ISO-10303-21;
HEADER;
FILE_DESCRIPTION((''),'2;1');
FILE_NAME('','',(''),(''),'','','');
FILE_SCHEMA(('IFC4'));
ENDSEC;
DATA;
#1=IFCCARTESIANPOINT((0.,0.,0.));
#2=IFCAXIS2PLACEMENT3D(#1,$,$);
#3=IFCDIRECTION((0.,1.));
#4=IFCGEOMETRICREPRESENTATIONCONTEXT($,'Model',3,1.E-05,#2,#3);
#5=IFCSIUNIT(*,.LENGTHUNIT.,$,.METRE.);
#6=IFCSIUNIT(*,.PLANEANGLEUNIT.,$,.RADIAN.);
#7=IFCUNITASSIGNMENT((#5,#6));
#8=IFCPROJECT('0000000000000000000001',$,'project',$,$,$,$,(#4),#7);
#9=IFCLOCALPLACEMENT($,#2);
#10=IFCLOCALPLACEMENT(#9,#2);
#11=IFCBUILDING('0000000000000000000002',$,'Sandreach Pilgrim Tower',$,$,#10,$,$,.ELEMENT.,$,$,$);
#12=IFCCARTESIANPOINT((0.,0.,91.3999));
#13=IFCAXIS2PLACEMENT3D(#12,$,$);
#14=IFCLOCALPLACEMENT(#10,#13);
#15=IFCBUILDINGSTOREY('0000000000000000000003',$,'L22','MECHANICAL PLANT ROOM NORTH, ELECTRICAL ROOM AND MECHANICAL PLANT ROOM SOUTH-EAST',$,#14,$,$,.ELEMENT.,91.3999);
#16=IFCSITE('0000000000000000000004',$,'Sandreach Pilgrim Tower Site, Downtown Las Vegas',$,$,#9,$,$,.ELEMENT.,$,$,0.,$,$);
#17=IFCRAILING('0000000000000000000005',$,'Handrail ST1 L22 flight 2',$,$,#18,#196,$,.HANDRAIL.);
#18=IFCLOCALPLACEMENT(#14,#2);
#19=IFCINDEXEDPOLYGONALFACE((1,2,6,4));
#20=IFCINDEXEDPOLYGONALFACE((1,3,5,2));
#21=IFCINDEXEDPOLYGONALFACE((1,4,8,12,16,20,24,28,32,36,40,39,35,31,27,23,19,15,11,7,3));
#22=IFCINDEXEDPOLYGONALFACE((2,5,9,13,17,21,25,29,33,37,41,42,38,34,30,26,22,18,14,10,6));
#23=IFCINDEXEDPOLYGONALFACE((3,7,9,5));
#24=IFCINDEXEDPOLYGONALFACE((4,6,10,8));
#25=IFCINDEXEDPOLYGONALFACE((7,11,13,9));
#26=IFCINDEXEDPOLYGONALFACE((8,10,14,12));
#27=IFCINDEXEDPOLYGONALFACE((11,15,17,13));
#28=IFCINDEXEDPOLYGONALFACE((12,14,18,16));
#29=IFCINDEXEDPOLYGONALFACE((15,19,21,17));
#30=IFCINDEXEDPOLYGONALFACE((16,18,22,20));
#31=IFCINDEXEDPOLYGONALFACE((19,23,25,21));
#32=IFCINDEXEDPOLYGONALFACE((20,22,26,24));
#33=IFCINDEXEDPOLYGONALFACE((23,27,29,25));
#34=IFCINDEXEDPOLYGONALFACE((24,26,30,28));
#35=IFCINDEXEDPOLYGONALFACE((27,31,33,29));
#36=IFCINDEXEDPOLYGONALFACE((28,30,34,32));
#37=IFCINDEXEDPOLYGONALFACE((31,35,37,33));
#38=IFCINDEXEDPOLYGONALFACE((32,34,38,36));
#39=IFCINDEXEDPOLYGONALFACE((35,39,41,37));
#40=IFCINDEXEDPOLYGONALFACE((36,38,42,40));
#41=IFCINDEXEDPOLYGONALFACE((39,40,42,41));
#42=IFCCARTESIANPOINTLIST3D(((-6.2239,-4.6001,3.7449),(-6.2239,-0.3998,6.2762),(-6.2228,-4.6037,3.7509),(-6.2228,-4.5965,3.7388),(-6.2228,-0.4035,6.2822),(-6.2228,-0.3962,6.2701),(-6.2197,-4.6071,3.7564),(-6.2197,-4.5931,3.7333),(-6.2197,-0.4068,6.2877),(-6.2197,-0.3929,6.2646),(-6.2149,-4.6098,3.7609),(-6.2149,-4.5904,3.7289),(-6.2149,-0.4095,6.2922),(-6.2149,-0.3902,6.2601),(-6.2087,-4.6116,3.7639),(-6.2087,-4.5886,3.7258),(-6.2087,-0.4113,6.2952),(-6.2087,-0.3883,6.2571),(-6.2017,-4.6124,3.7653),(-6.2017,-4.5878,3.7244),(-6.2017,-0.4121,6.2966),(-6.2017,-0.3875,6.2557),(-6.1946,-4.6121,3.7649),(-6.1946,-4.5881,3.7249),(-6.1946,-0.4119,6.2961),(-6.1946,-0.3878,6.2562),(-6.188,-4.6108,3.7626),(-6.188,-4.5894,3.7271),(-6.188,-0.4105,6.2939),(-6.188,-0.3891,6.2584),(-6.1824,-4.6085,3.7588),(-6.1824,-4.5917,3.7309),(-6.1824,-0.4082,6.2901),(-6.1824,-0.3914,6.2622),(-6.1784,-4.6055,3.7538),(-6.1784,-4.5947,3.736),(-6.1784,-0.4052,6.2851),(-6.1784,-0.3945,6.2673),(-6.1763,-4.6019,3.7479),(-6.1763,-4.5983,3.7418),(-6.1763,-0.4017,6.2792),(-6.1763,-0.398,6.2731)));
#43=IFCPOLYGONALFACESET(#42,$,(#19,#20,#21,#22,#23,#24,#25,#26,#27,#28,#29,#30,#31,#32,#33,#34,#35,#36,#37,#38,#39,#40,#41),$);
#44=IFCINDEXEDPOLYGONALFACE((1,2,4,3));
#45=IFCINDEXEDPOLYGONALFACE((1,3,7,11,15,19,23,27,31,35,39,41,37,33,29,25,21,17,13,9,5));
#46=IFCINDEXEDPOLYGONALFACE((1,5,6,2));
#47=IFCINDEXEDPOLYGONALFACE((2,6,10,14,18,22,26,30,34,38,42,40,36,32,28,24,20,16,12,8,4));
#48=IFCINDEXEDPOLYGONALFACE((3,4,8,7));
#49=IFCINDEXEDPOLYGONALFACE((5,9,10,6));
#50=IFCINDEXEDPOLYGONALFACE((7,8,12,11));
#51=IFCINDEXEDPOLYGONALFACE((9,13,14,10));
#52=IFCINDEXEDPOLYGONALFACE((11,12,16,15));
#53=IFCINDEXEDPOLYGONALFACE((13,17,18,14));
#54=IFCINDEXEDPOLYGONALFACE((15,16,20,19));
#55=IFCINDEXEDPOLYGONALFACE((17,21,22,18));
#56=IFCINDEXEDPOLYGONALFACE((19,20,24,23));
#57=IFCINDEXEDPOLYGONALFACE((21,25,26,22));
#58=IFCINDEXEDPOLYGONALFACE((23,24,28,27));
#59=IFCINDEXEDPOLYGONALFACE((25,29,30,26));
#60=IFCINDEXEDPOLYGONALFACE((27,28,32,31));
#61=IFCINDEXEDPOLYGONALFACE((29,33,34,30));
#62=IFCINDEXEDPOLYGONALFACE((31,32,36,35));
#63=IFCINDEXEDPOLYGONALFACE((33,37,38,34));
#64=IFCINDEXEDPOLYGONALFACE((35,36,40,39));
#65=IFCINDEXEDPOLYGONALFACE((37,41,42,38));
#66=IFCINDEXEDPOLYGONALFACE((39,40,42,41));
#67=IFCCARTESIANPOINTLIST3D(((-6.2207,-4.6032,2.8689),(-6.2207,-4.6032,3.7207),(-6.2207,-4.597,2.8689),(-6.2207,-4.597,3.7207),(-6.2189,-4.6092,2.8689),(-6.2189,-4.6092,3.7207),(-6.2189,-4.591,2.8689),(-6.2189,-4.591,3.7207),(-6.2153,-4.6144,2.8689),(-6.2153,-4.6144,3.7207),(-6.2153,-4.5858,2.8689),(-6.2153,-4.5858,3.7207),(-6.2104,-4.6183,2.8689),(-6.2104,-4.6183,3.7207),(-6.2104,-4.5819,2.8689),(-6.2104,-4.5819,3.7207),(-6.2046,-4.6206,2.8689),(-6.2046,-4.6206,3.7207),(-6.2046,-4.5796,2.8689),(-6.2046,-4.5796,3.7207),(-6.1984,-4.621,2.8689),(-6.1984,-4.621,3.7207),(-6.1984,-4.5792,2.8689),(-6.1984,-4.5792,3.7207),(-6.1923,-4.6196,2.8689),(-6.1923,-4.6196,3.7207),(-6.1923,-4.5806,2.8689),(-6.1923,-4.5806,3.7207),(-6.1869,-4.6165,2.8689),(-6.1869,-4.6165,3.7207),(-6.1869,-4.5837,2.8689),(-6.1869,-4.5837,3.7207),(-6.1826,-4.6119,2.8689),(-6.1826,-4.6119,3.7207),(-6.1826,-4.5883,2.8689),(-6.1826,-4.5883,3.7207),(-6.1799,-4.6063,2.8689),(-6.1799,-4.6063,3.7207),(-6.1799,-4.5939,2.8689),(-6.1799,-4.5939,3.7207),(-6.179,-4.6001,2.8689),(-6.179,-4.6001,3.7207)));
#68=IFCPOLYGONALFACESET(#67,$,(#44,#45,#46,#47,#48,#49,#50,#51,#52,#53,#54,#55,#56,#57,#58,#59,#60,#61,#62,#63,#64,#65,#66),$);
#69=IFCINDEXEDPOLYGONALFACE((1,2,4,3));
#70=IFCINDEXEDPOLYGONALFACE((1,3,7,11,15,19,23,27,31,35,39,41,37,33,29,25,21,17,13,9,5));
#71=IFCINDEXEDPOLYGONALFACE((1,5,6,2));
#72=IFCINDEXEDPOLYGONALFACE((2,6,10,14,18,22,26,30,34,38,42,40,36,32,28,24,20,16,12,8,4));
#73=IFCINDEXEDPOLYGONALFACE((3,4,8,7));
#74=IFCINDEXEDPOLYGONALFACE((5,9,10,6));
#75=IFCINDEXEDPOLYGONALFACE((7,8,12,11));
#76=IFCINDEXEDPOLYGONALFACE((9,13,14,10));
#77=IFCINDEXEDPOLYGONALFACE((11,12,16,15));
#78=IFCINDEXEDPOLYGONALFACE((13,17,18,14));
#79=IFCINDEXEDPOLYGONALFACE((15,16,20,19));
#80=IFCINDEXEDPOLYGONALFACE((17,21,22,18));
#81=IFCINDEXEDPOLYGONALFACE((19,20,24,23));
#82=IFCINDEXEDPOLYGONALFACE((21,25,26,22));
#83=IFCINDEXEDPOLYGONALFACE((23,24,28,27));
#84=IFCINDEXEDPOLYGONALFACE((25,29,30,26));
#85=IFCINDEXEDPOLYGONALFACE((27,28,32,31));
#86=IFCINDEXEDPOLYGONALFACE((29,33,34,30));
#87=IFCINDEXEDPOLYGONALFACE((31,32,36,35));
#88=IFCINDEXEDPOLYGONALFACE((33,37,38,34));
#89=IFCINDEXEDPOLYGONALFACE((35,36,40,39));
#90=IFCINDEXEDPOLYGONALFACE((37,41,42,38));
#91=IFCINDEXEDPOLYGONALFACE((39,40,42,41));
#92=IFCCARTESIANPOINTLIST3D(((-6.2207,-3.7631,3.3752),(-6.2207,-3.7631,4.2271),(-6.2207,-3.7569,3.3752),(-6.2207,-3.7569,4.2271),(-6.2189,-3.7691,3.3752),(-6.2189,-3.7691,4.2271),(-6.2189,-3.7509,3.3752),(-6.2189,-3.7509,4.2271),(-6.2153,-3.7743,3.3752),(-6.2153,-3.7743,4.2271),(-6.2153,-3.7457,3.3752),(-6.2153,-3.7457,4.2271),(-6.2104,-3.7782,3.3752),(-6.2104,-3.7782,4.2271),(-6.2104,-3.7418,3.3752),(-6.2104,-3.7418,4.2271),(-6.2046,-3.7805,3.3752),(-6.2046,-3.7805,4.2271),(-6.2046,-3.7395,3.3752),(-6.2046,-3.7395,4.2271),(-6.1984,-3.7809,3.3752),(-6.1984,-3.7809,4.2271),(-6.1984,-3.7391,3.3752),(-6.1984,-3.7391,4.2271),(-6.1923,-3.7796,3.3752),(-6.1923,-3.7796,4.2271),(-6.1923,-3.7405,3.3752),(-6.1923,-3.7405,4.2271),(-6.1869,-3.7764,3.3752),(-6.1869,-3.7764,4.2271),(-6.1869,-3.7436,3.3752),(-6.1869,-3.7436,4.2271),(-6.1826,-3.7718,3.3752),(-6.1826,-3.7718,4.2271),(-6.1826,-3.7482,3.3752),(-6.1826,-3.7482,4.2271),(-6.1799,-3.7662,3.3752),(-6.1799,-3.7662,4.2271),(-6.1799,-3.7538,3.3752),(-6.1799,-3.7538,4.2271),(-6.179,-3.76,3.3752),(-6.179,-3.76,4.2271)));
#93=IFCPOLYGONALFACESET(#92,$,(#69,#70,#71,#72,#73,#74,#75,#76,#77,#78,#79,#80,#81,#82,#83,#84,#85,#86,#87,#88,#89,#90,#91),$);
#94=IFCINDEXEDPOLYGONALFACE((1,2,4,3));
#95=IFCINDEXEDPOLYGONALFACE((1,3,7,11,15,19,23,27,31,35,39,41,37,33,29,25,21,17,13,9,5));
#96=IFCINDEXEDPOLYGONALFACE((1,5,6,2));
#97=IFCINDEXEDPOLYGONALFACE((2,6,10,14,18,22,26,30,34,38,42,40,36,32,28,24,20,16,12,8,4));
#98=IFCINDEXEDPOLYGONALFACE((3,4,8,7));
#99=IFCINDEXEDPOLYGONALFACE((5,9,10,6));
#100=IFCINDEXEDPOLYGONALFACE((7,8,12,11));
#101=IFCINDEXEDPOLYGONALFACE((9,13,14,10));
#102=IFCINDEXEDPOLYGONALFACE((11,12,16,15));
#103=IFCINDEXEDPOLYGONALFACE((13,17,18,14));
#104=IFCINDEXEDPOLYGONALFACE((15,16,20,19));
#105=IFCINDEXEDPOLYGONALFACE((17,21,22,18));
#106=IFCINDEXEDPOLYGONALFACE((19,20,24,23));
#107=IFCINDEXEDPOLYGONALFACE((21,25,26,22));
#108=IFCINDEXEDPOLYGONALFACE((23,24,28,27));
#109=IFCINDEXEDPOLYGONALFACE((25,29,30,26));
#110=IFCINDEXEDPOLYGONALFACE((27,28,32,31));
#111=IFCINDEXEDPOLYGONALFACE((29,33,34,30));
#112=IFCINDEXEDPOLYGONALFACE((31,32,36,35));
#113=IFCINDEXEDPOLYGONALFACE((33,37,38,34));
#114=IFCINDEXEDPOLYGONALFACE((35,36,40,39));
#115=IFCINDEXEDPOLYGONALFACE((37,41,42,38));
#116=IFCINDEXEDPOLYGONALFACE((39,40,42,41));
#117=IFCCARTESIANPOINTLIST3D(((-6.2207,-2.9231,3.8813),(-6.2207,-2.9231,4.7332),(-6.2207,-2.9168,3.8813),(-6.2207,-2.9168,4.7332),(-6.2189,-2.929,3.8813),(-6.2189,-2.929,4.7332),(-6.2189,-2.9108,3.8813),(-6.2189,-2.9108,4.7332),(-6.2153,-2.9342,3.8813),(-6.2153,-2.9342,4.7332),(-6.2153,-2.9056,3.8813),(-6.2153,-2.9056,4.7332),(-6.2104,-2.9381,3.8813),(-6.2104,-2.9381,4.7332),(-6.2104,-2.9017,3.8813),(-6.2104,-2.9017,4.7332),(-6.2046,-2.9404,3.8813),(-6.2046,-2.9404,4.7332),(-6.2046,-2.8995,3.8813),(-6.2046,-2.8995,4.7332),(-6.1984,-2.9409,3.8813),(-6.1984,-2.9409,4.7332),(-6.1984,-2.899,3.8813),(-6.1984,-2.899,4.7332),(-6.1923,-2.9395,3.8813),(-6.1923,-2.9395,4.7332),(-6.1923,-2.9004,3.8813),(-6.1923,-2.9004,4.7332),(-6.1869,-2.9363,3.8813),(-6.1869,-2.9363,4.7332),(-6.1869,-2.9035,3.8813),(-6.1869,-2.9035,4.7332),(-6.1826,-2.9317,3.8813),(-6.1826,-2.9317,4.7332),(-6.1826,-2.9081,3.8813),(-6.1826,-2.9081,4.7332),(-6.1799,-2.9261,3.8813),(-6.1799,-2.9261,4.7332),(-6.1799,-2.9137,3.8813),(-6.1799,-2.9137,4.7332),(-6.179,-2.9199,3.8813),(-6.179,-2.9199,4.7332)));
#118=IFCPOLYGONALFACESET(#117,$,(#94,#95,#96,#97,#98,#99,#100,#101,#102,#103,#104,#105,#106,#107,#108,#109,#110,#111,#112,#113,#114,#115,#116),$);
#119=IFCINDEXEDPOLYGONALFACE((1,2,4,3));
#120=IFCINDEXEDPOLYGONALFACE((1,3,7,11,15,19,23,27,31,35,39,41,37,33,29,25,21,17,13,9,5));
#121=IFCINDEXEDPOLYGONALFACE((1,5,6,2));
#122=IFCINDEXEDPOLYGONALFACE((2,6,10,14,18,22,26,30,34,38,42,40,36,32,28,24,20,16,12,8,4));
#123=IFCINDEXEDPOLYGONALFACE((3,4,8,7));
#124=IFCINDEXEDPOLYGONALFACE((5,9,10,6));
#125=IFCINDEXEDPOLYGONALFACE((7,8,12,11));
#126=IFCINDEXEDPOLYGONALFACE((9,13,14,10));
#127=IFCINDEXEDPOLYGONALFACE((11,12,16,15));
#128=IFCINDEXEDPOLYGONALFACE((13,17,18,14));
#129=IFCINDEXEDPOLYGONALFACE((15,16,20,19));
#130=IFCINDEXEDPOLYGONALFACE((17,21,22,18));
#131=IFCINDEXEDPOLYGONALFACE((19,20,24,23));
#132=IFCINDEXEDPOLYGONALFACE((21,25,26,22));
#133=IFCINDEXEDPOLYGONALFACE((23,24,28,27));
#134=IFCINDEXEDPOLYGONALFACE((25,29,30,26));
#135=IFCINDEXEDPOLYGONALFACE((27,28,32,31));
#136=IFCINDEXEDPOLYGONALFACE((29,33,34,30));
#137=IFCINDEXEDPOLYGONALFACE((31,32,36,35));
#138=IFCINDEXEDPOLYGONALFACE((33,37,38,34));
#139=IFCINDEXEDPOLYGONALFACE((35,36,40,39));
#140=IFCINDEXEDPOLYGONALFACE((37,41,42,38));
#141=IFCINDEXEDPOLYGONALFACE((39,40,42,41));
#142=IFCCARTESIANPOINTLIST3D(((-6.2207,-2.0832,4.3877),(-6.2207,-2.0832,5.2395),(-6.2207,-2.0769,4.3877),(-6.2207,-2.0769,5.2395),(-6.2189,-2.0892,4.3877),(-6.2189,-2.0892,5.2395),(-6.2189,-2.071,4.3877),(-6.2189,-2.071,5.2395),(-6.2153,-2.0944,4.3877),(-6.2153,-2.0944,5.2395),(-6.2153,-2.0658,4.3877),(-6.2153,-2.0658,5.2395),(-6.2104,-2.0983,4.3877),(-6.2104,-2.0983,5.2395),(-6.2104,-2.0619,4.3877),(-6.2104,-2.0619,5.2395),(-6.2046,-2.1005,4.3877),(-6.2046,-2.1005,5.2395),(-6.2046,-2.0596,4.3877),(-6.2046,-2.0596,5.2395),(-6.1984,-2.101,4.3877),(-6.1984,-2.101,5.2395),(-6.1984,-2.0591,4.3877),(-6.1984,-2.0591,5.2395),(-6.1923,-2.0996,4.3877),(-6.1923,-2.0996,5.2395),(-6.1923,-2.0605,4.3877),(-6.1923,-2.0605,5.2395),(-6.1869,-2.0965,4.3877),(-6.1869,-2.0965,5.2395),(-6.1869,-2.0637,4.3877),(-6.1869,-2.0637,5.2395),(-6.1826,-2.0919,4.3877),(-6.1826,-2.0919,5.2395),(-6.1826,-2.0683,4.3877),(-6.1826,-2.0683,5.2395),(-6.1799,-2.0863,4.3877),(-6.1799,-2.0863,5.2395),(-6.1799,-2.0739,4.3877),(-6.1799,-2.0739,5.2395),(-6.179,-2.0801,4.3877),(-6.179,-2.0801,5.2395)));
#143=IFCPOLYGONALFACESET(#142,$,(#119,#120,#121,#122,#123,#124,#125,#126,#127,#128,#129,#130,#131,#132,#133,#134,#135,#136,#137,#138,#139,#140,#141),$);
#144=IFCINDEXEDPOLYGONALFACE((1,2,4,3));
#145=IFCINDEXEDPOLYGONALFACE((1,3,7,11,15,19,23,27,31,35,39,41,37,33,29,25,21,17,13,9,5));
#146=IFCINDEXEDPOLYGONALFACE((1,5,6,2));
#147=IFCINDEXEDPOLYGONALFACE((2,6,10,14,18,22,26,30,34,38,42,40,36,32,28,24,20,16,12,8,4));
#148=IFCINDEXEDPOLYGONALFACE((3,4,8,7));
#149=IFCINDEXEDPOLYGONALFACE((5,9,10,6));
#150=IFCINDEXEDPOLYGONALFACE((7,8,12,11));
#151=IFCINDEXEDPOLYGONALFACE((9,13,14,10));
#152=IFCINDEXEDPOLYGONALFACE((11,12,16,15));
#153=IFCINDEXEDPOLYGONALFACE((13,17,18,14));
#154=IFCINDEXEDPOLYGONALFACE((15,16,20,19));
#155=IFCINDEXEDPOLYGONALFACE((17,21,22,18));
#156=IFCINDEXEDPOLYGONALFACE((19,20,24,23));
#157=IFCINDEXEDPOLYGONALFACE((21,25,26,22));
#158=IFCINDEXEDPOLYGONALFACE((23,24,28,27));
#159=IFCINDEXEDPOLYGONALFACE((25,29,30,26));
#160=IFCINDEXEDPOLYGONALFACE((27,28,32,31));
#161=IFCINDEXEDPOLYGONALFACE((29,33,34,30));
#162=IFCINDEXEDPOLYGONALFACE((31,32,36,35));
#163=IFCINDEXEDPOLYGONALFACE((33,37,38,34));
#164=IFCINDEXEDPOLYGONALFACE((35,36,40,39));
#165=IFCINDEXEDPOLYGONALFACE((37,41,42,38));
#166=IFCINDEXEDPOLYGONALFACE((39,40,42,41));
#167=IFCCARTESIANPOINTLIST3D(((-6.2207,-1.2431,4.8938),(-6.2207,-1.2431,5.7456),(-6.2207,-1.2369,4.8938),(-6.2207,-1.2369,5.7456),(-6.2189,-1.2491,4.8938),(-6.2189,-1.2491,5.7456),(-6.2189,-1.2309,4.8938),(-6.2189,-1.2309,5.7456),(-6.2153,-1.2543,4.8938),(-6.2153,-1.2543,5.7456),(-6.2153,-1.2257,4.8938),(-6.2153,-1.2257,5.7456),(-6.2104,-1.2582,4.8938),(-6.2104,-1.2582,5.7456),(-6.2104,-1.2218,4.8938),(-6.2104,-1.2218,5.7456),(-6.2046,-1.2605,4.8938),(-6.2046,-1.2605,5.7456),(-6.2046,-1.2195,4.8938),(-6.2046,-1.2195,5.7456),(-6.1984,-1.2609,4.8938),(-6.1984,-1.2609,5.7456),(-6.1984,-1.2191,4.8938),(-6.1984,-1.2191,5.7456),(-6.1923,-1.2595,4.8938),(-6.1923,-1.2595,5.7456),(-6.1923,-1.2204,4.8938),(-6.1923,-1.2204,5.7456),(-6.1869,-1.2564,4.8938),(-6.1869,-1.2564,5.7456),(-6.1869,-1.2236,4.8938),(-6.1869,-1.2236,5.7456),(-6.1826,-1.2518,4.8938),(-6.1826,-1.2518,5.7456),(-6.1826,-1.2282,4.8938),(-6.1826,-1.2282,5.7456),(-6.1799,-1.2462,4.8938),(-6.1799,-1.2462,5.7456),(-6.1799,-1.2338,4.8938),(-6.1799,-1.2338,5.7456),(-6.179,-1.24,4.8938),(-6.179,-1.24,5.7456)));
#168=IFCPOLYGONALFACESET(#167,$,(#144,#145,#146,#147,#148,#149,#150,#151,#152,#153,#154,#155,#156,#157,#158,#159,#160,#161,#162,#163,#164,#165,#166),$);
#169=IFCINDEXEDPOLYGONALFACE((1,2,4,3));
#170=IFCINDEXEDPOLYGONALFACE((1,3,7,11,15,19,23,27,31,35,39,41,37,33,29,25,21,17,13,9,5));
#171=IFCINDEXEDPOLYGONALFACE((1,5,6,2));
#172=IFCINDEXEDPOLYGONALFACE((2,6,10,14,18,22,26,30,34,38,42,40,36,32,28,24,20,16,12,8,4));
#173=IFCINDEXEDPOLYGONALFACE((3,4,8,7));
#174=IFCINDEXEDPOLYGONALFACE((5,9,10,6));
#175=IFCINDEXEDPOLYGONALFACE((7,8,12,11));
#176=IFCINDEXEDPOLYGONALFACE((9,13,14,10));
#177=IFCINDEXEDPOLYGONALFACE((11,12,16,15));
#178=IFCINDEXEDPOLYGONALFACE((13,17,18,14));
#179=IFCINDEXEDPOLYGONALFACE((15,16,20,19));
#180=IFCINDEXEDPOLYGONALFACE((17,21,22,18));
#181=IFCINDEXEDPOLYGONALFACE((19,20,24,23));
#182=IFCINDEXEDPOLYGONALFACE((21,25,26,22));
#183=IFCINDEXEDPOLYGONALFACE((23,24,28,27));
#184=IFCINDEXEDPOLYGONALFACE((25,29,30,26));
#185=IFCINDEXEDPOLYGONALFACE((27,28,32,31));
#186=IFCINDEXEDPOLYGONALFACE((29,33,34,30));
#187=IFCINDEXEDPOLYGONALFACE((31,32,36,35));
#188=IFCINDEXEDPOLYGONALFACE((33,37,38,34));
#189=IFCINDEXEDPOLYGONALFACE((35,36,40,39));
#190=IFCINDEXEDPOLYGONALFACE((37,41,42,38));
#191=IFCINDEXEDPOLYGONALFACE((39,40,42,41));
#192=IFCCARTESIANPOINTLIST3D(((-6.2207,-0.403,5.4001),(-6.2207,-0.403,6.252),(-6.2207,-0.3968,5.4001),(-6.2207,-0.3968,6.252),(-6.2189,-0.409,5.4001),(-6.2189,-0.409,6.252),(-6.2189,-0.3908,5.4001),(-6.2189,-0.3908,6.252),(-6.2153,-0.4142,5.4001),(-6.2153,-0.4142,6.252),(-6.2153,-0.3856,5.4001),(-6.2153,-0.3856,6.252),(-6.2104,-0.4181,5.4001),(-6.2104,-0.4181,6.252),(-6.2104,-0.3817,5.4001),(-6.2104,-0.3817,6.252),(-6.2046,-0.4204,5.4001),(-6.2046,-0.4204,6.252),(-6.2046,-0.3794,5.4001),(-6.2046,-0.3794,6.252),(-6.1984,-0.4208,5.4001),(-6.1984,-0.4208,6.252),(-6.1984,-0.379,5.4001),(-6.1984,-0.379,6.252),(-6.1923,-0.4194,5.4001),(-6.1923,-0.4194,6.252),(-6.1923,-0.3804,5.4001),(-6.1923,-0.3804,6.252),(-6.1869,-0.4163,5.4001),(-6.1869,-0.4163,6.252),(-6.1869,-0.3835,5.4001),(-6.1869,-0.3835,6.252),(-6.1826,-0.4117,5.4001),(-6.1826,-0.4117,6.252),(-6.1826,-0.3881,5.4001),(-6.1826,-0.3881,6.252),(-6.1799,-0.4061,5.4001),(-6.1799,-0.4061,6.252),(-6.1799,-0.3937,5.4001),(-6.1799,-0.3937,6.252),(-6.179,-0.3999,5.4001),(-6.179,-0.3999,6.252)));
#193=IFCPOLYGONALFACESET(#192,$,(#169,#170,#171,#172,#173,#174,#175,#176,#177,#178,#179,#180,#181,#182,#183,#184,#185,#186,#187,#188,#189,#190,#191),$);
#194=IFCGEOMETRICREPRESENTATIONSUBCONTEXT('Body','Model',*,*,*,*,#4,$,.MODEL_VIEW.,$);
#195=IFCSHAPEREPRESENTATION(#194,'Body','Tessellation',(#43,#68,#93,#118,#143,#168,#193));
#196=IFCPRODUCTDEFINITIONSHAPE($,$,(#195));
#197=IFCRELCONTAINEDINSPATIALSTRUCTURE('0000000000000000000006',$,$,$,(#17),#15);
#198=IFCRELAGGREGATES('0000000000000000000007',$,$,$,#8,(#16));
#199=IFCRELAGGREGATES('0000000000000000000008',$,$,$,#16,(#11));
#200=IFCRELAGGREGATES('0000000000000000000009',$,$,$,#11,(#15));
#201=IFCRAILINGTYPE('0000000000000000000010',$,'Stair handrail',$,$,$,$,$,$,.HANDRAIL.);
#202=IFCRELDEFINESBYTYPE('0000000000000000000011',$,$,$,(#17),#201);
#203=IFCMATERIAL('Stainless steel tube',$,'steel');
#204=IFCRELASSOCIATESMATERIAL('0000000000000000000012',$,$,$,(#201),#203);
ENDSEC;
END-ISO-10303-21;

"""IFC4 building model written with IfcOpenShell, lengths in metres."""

from ifc_helpers import new_model, si_unit, direction, frame, origin, origin_2d, place, context, subcontext, project, spatial, circle, extrude, material, type_object, element, save


model = new_model("IFC4")

# Units and contexts
model_context = context("Model", 3, precision=1e-05, world=origin(), true_north=direction((0.0, 1.0)))
body_context = subcontext(model_context, "Body", "Model", "MODEL_VIEW")
ifc_project = project(units=[si_unit("LENGTHUNIT", "METRE"), si_unit("PLANEANGLEUNIT", "RADIAN")], contexts=[model_context])

# Site, building, storey
site_placement = place(None, origin())
site = spatial("IfcSite", under=ifc_project, at=site_placement, Name="Sandreach Pilgrim Tower Site, Downtown Las Vegas", CompositionType="ELEMENT", RefElevation=0.0)
building_placement = place(site_placement, origin())
building = spatial("IfcBuilding", under=site, at=building_placement, Name="Sandreach Pilgrim Tower", CompositionType="ELEMENT")
storey_placement = place(building_placement, frame((0.0, 0.0, 91.3999)))
storey = spatial("IfcBuildingStorey", under=building, at=storey_placement, Name="L22", Description="MECHANICAL PLANT ROOM NORTH, ELECTRICAL ROOM AND MECHANICAL PLANT ROOM SOUTH-EAST", CompositionType="ELEMENT", Elevation=91.3999)

# Railing
ifc_material_1 = material(Name="Stainless steel tube", Category="steel")
railing_type = type_object("IfcRailingType", Name="Stair handrail", PredefinedType="HANDRAIL", material=ifc_material_1)
for number, where, name in (
    (1, (-6.2, -4.6001, 2.8689), "Handrail ST1 L22 flight 2"),
):
    element("IfcRailing", number, at=place(storey_placement, frame(where)), inside=storey, type_object=railing_type, Name=name, PredefinedType="HANDRAIL", context=body_context, shape_type="SweptSolid", body=[
        extrude(circle(Radius=0.0239, at=origin_2d()), frame((0.0, 0.0, 0.876), z_axis=(0.0, 0.85649, 0.516164), x_axis=(-1.0, 0.0, 0.0)), (0.0, 0.0, 1.0), 4.9041),
        extrude(circle(Radius=0.021, at=origin_2d()), origin(), (0.0, 0.0, 1.0), 0.8518),
        extrude(circle(Radius=0.021, at=origin_2d()), frame((0.0, 0.8401, 0.5063)), (0.0, 0.0, 1.0), 0.8518),
        extrude(circle(Radius=0.021, at=origin_2d()), frame((0.0, 1.6802, 1.0125)), (0.0, 0.0, 1.0), 0.8518),
        extrude(circle(Radius=0.021, at=origin_2d()), frame((0.0, 2.52, 1.5188)), (0.0, 0.0, 1.0), 0.8518),
        extrude(circle(Radius=0.021, at=origin_2d()), frame((0.0, 3.3601, 2.0249)), (0.0, 0.0, 1.0), 0.8518),
        extrude(circle(Radius=0.021, at=origin_2d()), frame((0.0, 4.2002, 2.5312)), (0.0, 0.0, 1.0), 0.8518),
    ])

save(model, "model.ifc")
